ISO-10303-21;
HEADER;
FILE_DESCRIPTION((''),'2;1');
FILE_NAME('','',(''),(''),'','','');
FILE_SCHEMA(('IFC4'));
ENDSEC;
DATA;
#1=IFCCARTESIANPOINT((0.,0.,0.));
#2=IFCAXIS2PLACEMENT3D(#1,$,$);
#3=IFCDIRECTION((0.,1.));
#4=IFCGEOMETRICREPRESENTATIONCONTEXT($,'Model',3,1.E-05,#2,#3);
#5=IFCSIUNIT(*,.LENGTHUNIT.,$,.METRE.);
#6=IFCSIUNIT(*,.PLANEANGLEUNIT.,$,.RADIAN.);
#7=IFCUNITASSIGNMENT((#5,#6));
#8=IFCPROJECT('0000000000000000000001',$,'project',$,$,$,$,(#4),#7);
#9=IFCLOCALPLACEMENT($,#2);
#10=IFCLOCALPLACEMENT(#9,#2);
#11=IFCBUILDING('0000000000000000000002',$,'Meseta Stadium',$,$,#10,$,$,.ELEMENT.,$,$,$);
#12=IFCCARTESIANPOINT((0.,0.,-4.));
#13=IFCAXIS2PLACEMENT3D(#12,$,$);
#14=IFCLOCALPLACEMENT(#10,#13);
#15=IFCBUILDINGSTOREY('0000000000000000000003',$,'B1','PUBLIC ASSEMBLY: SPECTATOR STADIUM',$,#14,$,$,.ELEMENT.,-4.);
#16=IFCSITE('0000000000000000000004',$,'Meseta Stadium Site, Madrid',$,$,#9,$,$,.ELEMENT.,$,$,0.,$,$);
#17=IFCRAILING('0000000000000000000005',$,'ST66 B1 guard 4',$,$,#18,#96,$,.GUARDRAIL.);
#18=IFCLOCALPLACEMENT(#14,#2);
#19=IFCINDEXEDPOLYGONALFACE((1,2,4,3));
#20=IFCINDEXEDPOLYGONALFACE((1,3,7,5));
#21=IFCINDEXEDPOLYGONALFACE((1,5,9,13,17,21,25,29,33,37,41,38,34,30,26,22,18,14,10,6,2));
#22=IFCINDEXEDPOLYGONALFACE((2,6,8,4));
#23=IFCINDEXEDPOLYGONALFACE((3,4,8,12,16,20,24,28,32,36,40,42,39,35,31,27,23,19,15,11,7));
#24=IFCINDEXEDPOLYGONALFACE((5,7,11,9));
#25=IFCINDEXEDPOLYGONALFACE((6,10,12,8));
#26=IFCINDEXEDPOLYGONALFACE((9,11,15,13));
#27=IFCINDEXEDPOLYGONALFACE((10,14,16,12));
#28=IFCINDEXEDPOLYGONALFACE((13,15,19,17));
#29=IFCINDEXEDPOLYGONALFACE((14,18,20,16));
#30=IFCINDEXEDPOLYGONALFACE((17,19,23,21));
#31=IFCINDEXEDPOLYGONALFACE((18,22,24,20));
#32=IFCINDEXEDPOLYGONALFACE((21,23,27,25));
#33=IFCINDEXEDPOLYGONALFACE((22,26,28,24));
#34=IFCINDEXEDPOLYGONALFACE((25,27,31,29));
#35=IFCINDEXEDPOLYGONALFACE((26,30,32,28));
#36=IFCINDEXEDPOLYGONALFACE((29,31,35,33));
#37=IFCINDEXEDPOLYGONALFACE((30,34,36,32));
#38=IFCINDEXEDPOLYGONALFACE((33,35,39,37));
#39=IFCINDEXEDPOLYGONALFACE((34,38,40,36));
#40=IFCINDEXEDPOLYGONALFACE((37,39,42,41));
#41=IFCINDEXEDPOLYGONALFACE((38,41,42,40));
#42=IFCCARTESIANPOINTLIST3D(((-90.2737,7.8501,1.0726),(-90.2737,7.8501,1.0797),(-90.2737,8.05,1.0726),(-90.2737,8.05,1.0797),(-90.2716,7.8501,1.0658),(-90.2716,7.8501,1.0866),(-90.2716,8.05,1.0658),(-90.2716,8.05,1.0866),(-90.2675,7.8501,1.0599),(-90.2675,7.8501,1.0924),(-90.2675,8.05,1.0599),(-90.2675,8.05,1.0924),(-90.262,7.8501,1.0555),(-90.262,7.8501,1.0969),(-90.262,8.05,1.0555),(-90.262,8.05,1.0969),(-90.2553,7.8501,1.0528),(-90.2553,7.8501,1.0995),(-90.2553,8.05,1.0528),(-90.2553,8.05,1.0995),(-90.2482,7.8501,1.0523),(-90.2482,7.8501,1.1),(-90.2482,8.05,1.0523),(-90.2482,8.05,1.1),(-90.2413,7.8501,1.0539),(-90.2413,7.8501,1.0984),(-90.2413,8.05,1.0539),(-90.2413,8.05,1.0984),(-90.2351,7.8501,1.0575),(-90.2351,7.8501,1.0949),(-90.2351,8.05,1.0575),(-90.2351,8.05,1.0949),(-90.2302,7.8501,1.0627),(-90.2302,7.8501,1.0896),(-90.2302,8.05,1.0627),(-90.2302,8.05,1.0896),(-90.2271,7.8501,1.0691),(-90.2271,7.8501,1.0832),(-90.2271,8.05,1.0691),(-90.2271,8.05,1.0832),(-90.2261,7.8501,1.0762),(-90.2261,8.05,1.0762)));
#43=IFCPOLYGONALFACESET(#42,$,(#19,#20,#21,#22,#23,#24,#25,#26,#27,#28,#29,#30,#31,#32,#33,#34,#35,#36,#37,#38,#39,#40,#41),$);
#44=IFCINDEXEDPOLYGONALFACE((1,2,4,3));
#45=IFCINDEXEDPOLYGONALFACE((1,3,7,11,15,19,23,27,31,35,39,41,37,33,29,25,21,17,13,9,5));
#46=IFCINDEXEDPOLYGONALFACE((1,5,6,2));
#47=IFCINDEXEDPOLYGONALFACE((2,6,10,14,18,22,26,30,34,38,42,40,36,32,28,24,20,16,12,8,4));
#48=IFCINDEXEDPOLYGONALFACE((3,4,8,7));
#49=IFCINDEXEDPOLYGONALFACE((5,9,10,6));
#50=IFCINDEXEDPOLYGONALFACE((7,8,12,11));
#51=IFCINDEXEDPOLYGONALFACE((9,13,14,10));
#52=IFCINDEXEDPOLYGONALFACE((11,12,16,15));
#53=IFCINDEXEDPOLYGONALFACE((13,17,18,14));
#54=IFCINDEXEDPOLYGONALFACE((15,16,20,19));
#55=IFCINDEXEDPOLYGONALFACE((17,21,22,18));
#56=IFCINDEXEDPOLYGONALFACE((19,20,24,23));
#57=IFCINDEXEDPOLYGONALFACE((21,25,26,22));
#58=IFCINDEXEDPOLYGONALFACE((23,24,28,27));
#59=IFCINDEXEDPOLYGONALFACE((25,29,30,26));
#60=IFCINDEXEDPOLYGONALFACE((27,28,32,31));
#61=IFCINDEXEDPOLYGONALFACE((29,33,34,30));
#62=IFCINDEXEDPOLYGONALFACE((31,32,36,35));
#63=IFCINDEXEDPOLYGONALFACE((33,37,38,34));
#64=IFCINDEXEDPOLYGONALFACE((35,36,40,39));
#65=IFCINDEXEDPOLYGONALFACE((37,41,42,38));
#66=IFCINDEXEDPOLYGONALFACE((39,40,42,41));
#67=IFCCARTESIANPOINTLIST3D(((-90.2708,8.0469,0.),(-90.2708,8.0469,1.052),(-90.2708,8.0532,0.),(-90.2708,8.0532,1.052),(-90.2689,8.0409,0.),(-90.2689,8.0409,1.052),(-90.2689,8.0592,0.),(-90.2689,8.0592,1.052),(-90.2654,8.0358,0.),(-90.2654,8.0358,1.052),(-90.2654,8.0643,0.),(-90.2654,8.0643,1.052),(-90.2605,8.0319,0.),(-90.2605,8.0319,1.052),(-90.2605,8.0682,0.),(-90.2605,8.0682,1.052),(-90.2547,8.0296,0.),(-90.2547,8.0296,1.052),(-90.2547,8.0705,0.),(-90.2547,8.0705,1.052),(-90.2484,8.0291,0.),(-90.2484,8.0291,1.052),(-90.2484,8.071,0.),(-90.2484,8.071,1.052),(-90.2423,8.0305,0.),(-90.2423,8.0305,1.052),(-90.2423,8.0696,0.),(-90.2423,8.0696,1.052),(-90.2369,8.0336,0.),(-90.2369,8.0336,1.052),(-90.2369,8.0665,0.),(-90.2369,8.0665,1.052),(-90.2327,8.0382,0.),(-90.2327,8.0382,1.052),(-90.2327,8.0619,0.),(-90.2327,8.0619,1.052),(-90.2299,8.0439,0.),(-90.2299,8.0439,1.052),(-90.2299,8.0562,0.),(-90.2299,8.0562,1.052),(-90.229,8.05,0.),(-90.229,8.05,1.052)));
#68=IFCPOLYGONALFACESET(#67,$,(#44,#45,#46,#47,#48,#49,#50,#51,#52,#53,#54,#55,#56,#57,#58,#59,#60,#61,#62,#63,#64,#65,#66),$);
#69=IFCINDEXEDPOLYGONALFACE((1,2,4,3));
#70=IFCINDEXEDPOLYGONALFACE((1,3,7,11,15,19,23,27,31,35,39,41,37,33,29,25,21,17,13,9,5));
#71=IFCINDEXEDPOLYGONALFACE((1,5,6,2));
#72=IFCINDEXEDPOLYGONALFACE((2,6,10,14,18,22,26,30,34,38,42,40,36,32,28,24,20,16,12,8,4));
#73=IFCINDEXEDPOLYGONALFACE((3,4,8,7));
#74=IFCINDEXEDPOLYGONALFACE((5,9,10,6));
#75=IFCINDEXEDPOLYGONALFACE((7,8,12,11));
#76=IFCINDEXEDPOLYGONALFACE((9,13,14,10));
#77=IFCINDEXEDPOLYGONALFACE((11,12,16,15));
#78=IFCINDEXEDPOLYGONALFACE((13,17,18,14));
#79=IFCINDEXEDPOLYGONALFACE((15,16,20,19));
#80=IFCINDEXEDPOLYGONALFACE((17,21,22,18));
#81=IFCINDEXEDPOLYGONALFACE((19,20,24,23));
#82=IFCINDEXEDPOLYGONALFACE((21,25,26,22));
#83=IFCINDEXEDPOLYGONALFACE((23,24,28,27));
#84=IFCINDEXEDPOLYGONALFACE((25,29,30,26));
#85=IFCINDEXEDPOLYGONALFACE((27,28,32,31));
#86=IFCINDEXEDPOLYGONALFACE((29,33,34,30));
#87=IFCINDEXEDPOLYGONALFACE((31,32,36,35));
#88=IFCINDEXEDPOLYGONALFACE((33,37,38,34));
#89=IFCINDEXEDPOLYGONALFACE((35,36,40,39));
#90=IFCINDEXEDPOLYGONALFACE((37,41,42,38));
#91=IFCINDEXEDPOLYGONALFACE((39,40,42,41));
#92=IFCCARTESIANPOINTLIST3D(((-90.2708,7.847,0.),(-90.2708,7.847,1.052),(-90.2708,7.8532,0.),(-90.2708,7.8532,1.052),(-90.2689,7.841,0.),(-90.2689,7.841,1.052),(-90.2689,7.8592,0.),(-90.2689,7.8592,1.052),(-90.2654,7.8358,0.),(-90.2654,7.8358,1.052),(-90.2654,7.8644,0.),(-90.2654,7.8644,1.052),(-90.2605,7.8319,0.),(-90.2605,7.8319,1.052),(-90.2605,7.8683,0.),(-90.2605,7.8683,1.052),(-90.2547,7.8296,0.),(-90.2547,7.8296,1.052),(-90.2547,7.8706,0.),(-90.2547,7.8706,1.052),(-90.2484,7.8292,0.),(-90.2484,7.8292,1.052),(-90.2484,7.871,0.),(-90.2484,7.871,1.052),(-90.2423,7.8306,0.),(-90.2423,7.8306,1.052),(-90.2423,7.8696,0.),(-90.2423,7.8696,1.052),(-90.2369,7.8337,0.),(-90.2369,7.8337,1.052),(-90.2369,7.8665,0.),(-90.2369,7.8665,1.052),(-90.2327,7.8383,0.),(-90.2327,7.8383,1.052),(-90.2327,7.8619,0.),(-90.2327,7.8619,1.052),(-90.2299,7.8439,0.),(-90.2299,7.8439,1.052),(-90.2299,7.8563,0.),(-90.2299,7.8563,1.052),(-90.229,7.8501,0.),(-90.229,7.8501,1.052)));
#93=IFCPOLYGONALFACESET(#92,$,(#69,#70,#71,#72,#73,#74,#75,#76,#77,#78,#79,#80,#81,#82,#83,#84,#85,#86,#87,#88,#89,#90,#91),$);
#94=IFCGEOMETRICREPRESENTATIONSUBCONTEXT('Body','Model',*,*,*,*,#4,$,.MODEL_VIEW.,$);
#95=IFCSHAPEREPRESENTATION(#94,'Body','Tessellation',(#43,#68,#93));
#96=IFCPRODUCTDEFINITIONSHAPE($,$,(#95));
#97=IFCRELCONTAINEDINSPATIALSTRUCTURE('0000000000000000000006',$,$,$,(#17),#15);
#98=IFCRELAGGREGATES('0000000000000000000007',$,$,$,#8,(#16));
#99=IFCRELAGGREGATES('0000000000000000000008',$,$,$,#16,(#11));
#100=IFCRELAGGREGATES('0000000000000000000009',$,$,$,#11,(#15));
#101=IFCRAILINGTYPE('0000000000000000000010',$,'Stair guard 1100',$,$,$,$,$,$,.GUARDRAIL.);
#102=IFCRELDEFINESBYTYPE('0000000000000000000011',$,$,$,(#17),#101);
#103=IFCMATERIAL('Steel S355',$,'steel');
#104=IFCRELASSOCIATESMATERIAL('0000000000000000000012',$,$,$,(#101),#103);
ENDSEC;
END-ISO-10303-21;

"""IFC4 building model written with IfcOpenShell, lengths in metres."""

from ifc_helpers import new_model, si_unit, direction, frame, origin, origin_2d, place, context, subcontext, project, spatial, circle, extrude, material, type_object, element, save


model = new_model("IFC4")

# Units and contexts
model_context = context("Model", 3, precision=1e-05, world=origin(), true_north=direction((0.0, 1.0)))
body_context = subcontext(model_context, "Body", "Model", "MODEL_VIEW")
ifc_project = project(units=[si_unit("LENGTHUNIT", "METRE"), si_unit("PLANEANGLEUNIT", "RADIAN")], contexts=[model_context])

# Site, building, storey
site_placement = place(None, origin())
site = spatial("IfcSite", under=ifc_project, at=site_placement, Name="Meseta Stadium Site, Madrid", CompositionType="ELEMENT", RefElevation=0.0)
building_placement = place(site_placement, origin())
building = spatial("IfcBuilding", under=site, at=building_placement, Name="Meseta Stadium", CompositionType="ELEMENT")
storey_placement = place(building_placement, frame((0.0, 0.0, -4.0)))
storey = spatial("IfcBuildingStorey", under=building, at=storey_placement, Name="B1", Description="PUBLIC ASSEMBLY: SPECTATOR STADIUM", CompositionType="ELEMENT", Elevation=-4.0)

# Railing
ifc_material_1 = material(Name="Steel S355", Category="steel")
railing_type_1 = type_object("IfcRailingType", Name="Stair guard 1100", PredefinedType="GUARDRAIL", material=ifc_material_1)
railing_1_placement = place(storey_placement, frame((-90.25, 8.05, 0.0)))
element("IfcRailing", 1, at=railing_1_placement, inside=storey, type_object=railing_type_1, Name="ST66 B1 guard 4", PredefinedType="GUARDRAIL", context=body_context, shape_type="SweptSolid", body=[
    extrude(circle(Radius=0.0239, at=origin_2d()), frame((0.0, 0.0, 1.0762), z_axis=(0.0, -1.0, 0.0), x_axis=(1.0, 0.0, 0.0)), (0.0, 0.0, 1.0), 0.2),
    extrude(circle(Radius=0.021, at=origin_2d()), origin(), (0.0, 0.0, 1.0), 1.052),
    extrude(circle(Radius=0.021, at=origin_2d()), frame((0.0, -0.2, 0.0)), (0.0, 0.0, 1.0), 1.052),
])

save(model, "model.ifc")
